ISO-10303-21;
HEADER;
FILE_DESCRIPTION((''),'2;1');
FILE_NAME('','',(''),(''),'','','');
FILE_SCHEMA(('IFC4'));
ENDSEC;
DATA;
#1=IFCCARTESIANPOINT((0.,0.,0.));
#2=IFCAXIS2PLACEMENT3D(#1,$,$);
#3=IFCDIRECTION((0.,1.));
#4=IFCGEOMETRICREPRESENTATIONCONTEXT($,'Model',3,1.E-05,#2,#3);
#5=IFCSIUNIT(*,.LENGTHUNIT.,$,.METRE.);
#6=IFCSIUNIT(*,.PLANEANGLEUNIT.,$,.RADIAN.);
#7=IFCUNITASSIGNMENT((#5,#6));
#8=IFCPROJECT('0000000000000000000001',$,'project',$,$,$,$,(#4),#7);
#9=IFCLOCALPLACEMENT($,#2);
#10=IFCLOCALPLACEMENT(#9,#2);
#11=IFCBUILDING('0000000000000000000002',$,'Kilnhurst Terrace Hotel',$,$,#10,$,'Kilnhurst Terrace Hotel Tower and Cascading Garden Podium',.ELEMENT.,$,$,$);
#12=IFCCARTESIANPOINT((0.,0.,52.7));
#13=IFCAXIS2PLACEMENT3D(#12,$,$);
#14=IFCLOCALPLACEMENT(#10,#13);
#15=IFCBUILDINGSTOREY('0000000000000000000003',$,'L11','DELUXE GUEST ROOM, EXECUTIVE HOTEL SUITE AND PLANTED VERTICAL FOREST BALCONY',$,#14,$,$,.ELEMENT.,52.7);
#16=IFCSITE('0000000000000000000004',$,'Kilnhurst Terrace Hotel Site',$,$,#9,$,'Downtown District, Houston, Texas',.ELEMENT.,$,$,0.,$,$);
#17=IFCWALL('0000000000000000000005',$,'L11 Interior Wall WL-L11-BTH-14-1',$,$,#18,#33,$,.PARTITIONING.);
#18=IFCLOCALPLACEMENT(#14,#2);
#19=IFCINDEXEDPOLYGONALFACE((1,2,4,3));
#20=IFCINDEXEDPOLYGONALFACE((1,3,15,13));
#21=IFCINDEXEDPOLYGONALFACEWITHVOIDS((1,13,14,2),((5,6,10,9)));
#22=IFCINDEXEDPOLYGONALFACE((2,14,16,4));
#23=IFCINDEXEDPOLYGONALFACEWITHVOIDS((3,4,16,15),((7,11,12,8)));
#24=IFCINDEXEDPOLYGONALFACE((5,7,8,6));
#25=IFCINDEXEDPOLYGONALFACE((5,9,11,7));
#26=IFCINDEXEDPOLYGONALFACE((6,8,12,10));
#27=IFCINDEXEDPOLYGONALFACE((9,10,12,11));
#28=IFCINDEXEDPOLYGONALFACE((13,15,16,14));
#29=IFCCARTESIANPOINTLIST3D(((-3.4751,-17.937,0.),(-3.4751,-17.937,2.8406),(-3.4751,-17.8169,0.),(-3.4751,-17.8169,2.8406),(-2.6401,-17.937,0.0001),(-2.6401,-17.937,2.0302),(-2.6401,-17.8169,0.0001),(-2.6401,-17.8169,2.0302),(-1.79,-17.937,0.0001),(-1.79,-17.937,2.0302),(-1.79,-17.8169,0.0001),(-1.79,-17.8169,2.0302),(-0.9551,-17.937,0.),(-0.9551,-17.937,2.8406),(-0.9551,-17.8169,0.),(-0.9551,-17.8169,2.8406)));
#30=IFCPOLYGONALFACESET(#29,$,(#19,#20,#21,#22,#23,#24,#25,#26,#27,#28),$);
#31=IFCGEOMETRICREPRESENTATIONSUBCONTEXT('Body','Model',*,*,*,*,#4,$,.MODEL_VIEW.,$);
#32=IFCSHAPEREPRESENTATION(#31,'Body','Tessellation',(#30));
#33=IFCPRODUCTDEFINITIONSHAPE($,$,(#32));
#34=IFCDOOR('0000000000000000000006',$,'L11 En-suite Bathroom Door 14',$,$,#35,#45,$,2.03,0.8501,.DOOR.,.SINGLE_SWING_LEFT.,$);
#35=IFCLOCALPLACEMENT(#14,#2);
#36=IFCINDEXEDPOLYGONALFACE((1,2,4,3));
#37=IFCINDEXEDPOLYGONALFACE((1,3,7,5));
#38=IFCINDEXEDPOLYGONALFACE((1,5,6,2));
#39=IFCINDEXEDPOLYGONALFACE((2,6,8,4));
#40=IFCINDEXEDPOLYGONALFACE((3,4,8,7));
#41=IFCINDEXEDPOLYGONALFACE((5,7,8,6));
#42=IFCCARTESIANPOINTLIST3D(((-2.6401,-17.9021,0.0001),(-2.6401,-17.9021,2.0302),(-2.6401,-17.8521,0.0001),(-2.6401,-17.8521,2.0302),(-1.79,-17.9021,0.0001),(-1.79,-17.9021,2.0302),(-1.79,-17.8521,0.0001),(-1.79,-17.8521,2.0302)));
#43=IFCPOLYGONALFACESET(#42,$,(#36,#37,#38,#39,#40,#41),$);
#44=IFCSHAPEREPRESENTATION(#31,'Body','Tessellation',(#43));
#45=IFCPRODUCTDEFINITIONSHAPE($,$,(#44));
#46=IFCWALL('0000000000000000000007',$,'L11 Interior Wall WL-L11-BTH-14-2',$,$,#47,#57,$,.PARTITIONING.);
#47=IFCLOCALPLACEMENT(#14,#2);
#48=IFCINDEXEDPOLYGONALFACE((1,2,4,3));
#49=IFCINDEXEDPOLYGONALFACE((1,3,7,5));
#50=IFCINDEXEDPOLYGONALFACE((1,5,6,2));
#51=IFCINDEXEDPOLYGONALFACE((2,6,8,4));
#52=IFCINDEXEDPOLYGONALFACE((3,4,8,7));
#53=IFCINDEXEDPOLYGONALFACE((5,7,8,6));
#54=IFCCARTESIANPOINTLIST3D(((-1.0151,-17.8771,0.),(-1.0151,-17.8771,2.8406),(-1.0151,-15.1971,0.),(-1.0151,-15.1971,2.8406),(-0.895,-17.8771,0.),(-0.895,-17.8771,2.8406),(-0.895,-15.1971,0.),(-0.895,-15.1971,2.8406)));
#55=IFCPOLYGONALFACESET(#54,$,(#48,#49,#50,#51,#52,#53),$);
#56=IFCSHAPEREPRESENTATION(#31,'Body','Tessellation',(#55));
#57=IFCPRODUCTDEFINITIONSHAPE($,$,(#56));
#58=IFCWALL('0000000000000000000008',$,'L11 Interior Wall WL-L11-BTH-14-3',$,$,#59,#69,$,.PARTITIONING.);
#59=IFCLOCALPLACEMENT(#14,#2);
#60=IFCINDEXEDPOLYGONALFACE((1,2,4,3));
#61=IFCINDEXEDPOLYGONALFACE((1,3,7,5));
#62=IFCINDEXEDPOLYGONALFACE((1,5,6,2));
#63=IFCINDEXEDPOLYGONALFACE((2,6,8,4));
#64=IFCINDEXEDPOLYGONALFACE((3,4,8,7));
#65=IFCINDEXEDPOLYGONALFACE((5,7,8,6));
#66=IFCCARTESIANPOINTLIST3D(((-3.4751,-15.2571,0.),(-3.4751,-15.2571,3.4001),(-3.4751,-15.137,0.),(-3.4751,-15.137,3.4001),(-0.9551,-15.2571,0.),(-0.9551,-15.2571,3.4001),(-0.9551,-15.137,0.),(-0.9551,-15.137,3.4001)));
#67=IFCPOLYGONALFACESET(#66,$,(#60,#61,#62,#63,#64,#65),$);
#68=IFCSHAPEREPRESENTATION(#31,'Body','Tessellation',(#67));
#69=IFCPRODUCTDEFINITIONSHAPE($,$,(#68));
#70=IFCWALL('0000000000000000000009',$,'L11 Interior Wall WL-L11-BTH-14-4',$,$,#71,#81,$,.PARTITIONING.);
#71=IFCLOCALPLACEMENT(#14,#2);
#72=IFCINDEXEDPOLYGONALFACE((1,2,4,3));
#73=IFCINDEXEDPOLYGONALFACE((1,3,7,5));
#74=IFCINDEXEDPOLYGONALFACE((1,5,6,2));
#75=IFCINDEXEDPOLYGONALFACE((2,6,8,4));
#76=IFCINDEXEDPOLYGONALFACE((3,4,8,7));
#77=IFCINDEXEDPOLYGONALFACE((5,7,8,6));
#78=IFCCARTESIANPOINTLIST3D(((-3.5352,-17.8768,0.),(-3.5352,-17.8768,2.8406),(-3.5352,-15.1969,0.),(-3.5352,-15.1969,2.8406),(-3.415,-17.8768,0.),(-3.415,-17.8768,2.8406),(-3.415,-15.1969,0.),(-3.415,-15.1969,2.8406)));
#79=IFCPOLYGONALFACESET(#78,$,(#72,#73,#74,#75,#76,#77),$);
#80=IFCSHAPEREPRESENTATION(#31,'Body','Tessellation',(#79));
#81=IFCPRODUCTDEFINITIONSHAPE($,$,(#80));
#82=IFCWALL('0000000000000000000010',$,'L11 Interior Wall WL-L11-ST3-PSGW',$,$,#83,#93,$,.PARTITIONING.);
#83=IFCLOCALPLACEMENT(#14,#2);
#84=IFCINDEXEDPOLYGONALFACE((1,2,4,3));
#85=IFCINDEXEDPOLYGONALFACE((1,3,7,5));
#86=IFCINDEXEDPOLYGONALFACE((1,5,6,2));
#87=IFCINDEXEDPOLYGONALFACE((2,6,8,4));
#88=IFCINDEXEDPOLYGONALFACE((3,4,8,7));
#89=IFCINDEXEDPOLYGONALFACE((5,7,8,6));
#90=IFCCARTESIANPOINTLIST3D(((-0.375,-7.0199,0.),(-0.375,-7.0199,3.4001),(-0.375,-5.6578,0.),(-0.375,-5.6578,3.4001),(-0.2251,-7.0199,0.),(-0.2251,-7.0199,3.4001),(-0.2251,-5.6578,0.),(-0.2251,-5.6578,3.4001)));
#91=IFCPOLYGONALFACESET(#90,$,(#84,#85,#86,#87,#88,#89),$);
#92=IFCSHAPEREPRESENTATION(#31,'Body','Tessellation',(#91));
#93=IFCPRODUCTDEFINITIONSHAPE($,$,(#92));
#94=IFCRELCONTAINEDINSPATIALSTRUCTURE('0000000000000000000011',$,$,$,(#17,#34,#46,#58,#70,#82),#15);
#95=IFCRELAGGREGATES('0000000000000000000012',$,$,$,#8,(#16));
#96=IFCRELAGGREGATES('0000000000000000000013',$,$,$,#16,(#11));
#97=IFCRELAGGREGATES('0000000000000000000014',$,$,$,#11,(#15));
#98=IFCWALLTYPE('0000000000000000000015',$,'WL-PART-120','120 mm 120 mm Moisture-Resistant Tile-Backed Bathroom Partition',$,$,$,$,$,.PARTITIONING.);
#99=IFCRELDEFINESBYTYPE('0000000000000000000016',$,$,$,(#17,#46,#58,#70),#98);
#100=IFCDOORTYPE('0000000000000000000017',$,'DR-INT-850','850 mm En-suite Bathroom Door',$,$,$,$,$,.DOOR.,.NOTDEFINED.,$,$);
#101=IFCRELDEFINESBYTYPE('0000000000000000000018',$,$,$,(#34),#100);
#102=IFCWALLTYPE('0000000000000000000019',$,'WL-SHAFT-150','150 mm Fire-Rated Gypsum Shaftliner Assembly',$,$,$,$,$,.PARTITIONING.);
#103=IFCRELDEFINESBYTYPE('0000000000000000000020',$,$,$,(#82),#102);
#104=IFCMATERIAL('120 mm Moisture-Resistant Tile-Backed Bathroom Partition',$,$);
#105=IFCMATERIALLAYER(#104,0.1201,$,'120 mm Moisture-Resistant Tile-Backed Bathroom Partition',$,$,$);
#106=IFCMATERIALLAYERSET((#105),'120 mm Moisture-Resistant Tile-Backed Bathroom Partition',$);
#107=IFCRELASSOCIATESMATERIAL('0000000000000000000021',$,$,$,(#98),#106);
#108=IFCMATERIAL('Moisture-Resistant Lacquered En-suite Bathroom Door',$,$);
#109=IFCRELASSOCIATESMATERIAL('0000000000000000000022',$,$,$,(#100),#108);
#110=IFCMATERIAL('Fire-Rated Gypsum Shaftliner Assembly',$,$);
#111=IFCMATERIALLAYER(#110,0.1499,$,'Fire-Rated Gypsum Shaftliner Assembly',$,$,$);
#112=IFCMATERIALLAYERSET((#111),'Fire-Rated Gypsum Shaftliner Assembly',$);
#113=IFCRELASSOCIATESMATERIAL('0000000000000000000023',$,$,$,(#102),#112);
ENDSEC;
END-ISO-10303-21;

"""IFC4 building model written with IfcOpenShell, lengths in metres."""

from ifc_helpers import new_model, si_unit, direction, frame, frame_2d, origin, place, context, subcontext, project, spatial, rectangle, extrude, material, layer, layer_set, type_object, element, fill, save


model = new_model("IFC4")

# Units and contexts
model_context = context("Model", 3, precision=1e-05, world=origin(), true_north=direction((0.0, 1.0)))
body_context = subcontext(model_context, "Body", "Model", "MODEL_VIEW")
ifc_project = project(units=[si_unit("LENGTHUNIT", "METRE"), si_unit("PLANEANGLEUNIT", "RADIAN")], contexts=[model_context])

# Site, building, storey
site_placement = place(None, origin())
site = spatial("IfcSite", under=ifc_project, at=site_placement, Name="Kilnhurst Terrace Hotel Site", LongName="Downtown District, Houston, Texas", CompositionType="ELEMENT", RefElevation=0.0)
building_placement = place(site_placement, origin())
building = spatial("IfcBuilding", under=site, at=building_placement, Name="Kilnhurst Terrace Hotel", LongName="Kilnhurst Terrace Hotel Tower and Cascading Garden Podium", CompositionType="ELEMENT")
storey_placement = place(building_placement, frame((0.0, 0.0, 52.7)))
storey = spatial("IfcBuildingStorey", under=building, at=storey_placement, Name="L11", Description="DELUXE GUEST ROOM, EXECUTIVE HOTEL SUITE AND PLANTED VERTICAL FOREST BALCONY", CompositionType="ELEMENT", Elevation=52.7)

# Wall, opening, door
ifc_material_1 = material(Name="120 mm Moisture-Resistant Tile-Backed Bathroom Partition")
ifc_layer_1 = layer(ifc_material_1, 0.1201, Name="120 mm Moisture-Resistant Tile-Backed Bathroom Partition")
ifc_layer_set_1 = layer_set([ifc_layer_1], Name="120 mm Moisture-Resistant Tile-Backed Bathroom Partition")
wall_type_1 = type_object("IfcWallType", Name="WL-PART-120", Description="120 mm 120 mm Moisture-Resistant Tile-Backed Bathroom Partition", PredefinedType="PARTITIONING", material=ifc_layer_set_1)
wall_1_placement = place(storey_placement, frame((-3.4751, -17.877, 0.0), z_axis=(0.0, 0.0, 1.0), x_axis=(1.0, 0.0, 0.0)))
wall_1 = element("IfcWall", 1, at=wall_1_placement, inside=storey, type_object=wall_type_1, Name="L11 Interior Wall WL-L11-BTH-14-1", PredefinedType="PARTITIONING", context=body_context, shape_type="SweptSolid", body=[
    extrude(rectangle(XDim=2.52, YDim=0.1201, at=frame_2d((1.26, 0.0))), origin(), (0.0, 0.0, 1.0), 2.8406),
])
opening_1_placement = place(wall_1_placement, frame((0.835, 0.0, 0.0)))
opening_1 = element("IfcOpeningElement", 2, at=opening_1_placement, cuts=wall_1, PredefinedType="OPENING", context=body_context, shape_type="SweptSolid", body=[
    extrude(rectangle(XDim=0.8501, YDim=2.03, at=frame_2d((0.425, 1.0151))), frame((0.0, 0.0701, 0.0), z_axis=(0.0, -1.0, 0.0), x_axis=(1.0, 0.0, 0.0)), (0.0, 0.0, 1.0), 0.1401),
])
ifc_material_2 = material(Name="Moisture-Resistant Lacquered En-suite Bathroom Door")
door_type_1 = type_object("IfcDoorType", Name="DR-INT-850", Description="850 mm En-suite Bathroom Door", OperationType="NOTDEFINED", PredefinedType="DOOR", material=ifc_material_2)
door_1_placement = place(opening_1_placement, origin())
door_1 = element("IfcDoor", 3, at=door_1_placement, inside=storey, type_object=door_type_1, Name="L11 En-suite Bathroom Door 14", OperationType="SINGLE_SWING_LEFT", OverallHeight=2.03, OverallWidth=0.8501, PredefinedType="DOOR", context=body_context, shape_type="SweptSolid", body=[
    extrude(rectangle(XDim=0.8501, YDim=2.03, at=frame_2d((0.425, 1.0151))), frame((0.0, 0.0249, 0.0), z_axis=(0.0, -1.0, 0.0), x_axis=(1.0, 0.0, 0.0)), (0.0, 0.0, 1.0), 0.05),
])
fill(opening_1, door_1)

# Walls
wall_2_placement = place(storey_placement, frame((-0.9551, -17.877, 0.0), z_axis=(0.0, 0.0, 1.0), x_axis=(0.0, 1.0, 0.0)))
element("IfcWall", 4, at=wall_2_placement, inside=storey, type_object=wall_type_1, Name="L11 Interior Wall WL-L11-BTH-14-2", PredefinedType="PARTITIONING", context=body_context, shape_type="SweptSolid", body=[
    extrude(rectangle(XDim=2.6799, YDim=0.1201, at=frame_2d((1.3398, 0.0))), origin(), (0.0, 0.0, 1.0), 2.8406),
])
wall_3_placement = place(storey_placement, frame((-0.9551, -15.197, 0.0), z_axis=(0.0, 0.0, 1.0), x_axis=(-1.0, 0.0, 0.0)))
element("IfcWall", 5, at=wall_3_placement, inside=storey, type_object=wall_type_1, Name="L11 Interior Wall WL-L11-BTH-14-3", PredefinedType="PARTITIONING", context=body_context, shape_type="SweptSolid", body=[
    extrude(rectangle(XDim=2.52, YDim=0.1201, at=frame_2d((1.26, 0.0))), origin(), (0.0, 0.0, 1.0), 3.4001),
])
wall_4_placement = place(storey_placement, frame((-3.4751, -15.197, 0.0), z_axis=(0.0, 0.0, 1.0), x_axis=(0.0, -1.0, 0.0)))
element("IfcWall", 6, at=wall_4_placement, inside=storey, type_object=wall_type_1, Name="L11 Interior Wall WL-L11-BTH-14-4", PredefinedType="PARTITIONING", context=body_context, shape_type="SweptSolid", body=[
    extrude(rectangle(XDim=2.6799, YDim=0.1201, at=frame_2d((1.3398, 0.0))), origin(), (0.0, 0.0, 1.0), 2.8406),
])
ifc_material_3 = material(Name="Fire-Rated Gypsum Shaftliner Assembly")
ifc_layer_2 = layer(ifc_material_3, 0.1499, Name="Fire-Rated Gypsum Shaftliner Assembly")
ifc_layer_set_2 = layer_set([ifc_layer_2], Name="Fire-Rated Gypsum Shaftliner Assembly")
wall_type_2 = type_object("IfcWallType", Name="WL-SHAFT-150", Description="150 mm Fire-Rated Gypsum Shaftliner Assembly", PredefinedType="PARTITIONING", material=ifc_layer_set_2)
wall_5_placement = place(storey_placement, frame((-0.3, -7.02, 0.0), z_axis=(0.0, 0.0, 1.0), x_axis=(0.0, 1.0, 0.0)))
element("IfcWall", 7, at=wall_5_placement, inside=storey, type_object=wall_type_2, Name="L11 Interior Wall WL-L11-ST3-PSGW", PredefinedType="PARTITIONING", context=body_context, shape_type="SweptSolid", body=[
    extrude(rectangle(XDim=1.3621, YDim=0.1499, at=frame_2d((0.6812, 0.0))), origin(), (0.0, 0.0, 1.0), 3.4001),
])

save(model, "model.ifc")
